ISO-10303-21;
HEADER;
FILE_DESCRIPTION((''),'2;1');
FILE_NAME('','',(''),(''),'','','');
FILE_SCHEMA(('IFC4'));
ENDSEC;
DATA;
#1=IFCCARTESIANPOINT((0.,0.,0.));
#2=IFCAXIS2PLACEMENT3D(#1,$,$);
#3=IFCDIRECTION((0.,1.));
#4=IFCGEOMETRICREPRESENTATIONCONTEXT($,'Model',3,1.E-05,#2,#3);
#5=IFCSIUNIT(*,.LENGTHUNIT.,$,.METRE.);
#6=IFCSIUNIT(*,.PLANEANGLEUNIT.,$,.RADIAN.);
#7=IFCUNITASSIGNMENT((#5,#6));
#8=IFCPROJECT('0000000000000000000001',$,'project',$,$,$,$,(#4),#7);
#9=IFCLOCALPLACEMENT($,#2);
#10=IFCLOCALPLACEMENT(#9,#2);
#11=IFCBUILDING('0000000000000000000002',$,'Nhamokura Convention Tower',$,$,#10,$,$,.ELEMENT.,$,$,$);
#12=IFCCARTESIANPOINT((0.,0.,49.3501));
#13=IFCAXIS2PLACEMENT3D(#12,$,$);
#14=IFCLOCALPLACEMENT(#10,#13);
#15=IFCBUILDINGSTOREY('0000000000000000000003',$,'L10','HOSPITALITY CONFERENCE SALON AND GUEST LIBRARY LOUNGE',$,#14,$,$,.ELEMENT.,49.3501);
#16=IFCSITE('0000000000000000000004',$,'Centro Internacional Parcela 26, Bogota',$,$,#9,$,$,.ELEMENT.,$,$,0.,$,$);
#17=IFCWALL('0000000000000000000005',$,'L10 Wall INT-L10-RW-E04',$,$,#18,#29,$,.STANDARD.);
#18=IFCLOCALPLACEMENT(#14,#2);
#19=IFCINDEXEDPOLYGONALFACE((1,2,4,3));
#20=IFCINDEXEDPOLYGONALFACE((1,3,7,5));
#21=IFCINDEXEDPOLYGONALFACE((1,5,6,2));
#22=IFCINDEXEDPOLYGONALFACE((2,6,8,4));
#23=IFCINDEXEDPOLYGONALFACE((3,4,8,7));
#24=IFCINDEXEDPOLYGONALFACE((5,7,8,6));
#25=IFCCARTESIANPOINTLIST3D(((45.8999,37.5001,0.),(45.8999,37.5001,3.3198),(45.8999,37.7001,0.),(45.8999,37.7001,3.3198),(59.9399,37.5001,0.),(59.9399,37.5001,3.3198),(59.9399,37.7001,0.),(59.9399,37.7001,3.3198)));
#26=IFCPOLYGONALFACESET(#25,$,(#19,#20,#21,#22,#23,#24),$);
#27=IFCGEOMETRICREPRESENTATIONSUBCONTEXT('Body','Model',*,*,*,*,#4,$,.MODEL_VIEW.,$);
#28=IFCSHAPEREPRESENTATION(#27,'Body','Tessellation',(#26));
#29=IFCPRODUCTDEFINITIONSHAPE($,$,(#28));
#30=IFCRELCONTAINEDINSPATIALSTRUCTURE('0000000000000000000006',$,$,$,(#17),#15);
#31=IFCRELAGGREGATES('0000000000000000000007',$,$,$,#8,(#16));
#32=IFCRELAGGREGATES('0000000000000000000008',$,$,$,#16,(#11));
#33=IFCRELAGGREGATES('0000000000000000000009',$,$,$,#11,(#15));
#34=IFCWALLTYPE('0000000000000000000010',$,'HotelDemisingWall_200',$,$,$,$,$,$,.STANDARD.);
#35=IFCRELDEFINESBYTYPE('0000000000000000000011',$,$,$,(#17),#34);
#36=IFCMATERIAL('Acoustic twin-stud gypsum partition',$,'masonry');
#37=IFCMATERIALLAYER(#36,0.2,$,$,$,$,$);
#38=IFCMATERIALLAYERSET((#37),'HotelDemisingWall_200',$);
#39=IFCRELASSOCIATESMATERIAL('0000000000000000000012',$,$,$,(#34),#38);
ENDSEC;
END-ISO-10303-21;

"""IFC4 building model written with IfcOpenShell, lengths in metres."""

from ifc_helpers import new_model, si_unit, direction, frame, frame_2d, origin, place, context, subcontext, project, spatial, rectangle, extrude, material, layer, layer_set, type_object, element, save


model = new_model("IFC4")

# Units and contexts
model_context = context("Model", 3, precision=1e-05, world=origin(), true_north=direction((0.0, 1.0)))
body_context = subcontext(model_context, "Body", "Model", "MODEL_VIEW")
ifc_project = project(units=[si_unit("LENGTHUNIT", "METRE"), si_unit("PLANEANGLEUNIT", "RADIAN")], contexts=[model_context])

# Site, building, storey
site_placement = place(None, origin())
site = spatial("IfcSite", under=ifc_project, at=site_placement, Name="Centro Internacional Parcela 26, Bogota", CompositionType="ELEMENT", RefElevation=0.0)
building_placement = place(site_placement, origin())
building = spatial("IfcBuilding", under=site, at=building_placement, Name="Nhamokura Convention Tower", CompositionType="ELEMENT")
storey_placement = place(building_placement, frame((0.0, 0.0, 49.3501)))
storey = spatial("IfcBuildingStorey", under=building, at=storey_placement, Name="L10", Description="HOSPITALITY CONFERENCE SALON AND GUEST LIBRARY LOUNGE", CompositionType="ELEMENT", Elevation=49.3501)

# Wall
ifc_material_1 = material(Name="Acoustic twin-stud gypsum partition", Category="masonry")
ifc_layer_1 = layer(ifc_material_1, 0.2)
ifc_layer_set_1 = layer_set([ifc_layer_1], Name="HotelDemisingWall_200")
wall_type_1 = type_object("IfcWallType", Name="HotelDemisingWall_200", PredefinedType="STANDARD", material=ifc_layer_set_1)
for number, where, z_axis, x_axis, name in (
    (1, (45.8999, 37.6001, 0.0), (0.0, 0.0, 1.0), (1.0, 0.0, 0.0), "L10 Wall INT-L10-RW-E04"),
):
    element("IfcWall", number, at=place(storey_placement, frame(where, z_axis=z_axis, x_axis=x_axis)), inside=storey, type_object=wall_type_1, Name=name, PredefinedType="STANDARD", context=body_context, shape_type="SweptSolid", body=[
        extrude(rectangle(XDim=14.04, YDim=0.2, at=frame_2d((7.02, 0.0))), origin(), (0.0, 0.0, 1.0), 3.3198),
    ])

save(model, "model.ifc")
